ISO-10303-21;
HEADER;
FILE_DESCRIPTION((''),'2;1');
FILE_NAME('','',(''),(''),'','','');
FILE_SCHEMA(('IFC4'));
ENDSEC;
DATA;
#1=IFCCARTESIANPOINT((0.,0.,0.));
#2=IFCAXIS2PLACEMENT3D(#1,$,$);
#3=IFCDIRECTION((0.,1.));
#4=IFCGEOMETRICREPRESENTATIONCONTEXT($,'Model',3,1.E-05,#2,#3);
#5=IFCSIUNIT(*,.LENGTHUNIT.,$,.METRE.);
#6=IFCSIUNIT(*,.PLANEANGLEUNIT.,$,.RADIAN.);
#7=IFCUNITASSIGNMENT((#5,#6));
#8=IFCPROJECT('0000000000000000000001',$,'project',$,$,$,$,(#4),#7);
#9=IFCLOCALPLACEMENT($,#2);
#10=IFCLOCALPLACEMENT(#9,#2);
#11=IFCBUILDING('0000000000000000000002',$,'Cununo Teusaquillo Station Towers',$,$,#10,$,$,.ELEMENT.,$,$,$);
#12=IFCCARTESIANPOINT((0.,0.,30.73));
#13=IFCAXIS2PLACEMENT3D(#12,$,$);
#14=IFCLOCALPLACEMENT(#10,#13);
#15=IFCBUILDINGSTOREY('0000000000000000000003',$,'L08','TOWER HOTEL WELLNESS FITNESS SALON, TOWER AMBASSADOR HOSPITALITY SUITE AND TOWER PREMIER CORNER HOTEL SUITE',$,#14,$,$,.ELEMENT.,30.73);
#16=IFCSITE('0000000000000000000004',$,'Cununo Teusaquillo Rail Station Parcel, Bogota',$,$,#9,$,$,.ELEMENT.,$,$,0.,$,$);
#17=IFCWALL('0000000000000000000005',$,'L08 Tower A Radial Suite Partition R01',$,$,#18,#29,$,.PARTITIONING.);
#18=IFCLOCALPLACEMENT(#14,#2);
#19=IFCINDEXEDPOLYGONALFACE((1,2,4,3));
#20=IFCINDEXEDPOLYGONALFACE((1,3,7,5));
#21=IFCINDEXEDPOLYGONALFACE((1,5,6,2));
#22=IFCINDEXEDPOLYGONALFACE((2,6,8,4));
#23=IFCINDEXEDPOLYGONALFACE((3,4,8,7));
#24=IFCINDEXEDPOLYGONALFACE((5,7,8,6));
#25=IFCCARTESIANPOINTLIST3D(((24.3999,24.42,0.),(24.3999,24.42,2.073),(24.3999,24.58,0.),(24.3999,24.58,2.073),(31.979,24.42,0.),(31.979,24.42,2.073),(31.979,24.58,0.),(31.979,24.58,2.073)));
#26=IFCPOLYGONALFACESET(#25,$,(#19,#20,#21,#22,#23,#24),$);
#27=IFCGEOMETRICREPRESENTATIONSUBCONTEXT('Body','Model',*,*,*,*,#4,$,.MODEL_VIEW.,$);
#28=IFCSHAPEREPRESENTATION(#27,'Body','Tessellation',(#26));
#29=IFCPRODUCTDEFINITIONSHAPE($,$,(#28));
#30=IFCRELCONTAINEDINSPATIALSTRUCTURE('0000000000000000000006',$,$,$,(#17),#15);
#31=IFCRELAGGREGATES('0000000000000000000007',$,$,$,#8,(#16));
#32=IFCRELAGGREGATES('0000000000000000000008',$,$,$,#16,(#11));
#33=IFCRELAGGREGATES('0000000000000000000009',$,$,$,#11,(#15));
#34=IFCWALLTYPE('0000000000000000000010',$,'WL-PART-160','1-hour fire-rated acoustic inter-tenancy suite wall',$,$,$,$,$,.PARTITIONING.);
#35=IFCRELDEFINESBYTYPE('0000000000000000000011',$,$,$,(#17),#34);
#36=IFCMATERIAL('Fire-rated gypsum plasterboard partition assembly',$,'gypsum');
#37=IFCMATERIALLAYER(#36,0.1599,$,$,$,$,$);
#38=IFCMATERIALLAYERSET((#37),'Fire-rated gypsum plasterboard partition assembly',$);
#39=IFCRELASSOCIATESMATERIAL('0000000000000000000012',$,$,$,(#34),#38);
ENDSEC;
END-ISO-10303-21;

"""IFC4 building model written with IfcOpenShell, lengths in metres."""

from ifc_helpers import new_model, si_unit, direction, frame, frame_2d, origin, place, context, subcontext, project, spatial, rectangle, extrude, material, layer, layer_set, type_object, element, save


model = new_model("IFC4")

# Units and contexts
model_context = context("Model", 3, precision=1e-05, world=origin(), true_north=direction((0.0, 1.0)))
body_context = subcontext(model_context, "Body", "Model", "MODEL_VIEW")
ifc_project = project(units=[si_unit("LENGTHUNIT", "METRE"), si_unit("PLANEANGLEUNIT", "RADIAN")], contexts=[model_context])

# Site, building, storey
site_placement = place(None, origin())
site = spatial("IfcSite", under=ifc_project, at=site_placement, Name="Cununo Teusaquillo Rail Station Parcel, Bogota", CompositionType="ELEMENT", RefElevation=0.0)
building_placement = place(site_placement, origin())
building = spatial("IfcBuilding", under=site, at=building_placement, Name="Cununo Teusaquillo Station Towers", CompositionType="ELEMENT")
storey_placement = place(building_placement, frame((0.0, 0.0, 30.73)))
storey = spatial("IfcBuildingStorey", under=building, at=storey_placement, Name="L08", Description="TOWER HOTEL WELLNESS FITNESS SALON, TOWER AMBASSADOR HOSPITALITY SUITE AND TOWER PREMIER CORNER HOTEL SUITE", CompositionType="ELEMENT", Elevation=30.73)

# Wall
ifc_material_1 = material(Name="Fire-rated gypsum plasterboard partition assembly", Category="gypsum")
ifc_layer_1 = layer(ifc_material_1, 0.1599)
ifc_layer_set_1 = layer_set([ifc_layer_1], Name="Fire-rated gypsum plasterboard partition assembly")
wall_type_1 = type_object("IfcWallType", Name="WL-PART-160", Description="1-hour fire-rated acoustic inter-tenancy suite wall", PredefinedType="PARTITIONING", material=ifc_layer_set_1)
wall_1_placement = place(storey_placement, frame((24.3999, 24.5, 0.0), z_axis=(0.0, 0.0, 1.0), x_axis=(1.0, 0.0, 0.0)))
element("IfcWall", 1, at=wall_1_placement, inside=storey, type_object=wall_type_1, Name="L08 Tower A Radial Suite Partition R01", PredefinedType="PARTITIONING", context=body_context, shape_type="SweptSolid", body=[
    extrude(rectangle(XDim=7.5791, YDim=0.1599, at=frame_2d((3.7896, 0.0))), origin(), (0.0, 0.0, 1.0), 2.073),
])

save(model, "model.ifc")
